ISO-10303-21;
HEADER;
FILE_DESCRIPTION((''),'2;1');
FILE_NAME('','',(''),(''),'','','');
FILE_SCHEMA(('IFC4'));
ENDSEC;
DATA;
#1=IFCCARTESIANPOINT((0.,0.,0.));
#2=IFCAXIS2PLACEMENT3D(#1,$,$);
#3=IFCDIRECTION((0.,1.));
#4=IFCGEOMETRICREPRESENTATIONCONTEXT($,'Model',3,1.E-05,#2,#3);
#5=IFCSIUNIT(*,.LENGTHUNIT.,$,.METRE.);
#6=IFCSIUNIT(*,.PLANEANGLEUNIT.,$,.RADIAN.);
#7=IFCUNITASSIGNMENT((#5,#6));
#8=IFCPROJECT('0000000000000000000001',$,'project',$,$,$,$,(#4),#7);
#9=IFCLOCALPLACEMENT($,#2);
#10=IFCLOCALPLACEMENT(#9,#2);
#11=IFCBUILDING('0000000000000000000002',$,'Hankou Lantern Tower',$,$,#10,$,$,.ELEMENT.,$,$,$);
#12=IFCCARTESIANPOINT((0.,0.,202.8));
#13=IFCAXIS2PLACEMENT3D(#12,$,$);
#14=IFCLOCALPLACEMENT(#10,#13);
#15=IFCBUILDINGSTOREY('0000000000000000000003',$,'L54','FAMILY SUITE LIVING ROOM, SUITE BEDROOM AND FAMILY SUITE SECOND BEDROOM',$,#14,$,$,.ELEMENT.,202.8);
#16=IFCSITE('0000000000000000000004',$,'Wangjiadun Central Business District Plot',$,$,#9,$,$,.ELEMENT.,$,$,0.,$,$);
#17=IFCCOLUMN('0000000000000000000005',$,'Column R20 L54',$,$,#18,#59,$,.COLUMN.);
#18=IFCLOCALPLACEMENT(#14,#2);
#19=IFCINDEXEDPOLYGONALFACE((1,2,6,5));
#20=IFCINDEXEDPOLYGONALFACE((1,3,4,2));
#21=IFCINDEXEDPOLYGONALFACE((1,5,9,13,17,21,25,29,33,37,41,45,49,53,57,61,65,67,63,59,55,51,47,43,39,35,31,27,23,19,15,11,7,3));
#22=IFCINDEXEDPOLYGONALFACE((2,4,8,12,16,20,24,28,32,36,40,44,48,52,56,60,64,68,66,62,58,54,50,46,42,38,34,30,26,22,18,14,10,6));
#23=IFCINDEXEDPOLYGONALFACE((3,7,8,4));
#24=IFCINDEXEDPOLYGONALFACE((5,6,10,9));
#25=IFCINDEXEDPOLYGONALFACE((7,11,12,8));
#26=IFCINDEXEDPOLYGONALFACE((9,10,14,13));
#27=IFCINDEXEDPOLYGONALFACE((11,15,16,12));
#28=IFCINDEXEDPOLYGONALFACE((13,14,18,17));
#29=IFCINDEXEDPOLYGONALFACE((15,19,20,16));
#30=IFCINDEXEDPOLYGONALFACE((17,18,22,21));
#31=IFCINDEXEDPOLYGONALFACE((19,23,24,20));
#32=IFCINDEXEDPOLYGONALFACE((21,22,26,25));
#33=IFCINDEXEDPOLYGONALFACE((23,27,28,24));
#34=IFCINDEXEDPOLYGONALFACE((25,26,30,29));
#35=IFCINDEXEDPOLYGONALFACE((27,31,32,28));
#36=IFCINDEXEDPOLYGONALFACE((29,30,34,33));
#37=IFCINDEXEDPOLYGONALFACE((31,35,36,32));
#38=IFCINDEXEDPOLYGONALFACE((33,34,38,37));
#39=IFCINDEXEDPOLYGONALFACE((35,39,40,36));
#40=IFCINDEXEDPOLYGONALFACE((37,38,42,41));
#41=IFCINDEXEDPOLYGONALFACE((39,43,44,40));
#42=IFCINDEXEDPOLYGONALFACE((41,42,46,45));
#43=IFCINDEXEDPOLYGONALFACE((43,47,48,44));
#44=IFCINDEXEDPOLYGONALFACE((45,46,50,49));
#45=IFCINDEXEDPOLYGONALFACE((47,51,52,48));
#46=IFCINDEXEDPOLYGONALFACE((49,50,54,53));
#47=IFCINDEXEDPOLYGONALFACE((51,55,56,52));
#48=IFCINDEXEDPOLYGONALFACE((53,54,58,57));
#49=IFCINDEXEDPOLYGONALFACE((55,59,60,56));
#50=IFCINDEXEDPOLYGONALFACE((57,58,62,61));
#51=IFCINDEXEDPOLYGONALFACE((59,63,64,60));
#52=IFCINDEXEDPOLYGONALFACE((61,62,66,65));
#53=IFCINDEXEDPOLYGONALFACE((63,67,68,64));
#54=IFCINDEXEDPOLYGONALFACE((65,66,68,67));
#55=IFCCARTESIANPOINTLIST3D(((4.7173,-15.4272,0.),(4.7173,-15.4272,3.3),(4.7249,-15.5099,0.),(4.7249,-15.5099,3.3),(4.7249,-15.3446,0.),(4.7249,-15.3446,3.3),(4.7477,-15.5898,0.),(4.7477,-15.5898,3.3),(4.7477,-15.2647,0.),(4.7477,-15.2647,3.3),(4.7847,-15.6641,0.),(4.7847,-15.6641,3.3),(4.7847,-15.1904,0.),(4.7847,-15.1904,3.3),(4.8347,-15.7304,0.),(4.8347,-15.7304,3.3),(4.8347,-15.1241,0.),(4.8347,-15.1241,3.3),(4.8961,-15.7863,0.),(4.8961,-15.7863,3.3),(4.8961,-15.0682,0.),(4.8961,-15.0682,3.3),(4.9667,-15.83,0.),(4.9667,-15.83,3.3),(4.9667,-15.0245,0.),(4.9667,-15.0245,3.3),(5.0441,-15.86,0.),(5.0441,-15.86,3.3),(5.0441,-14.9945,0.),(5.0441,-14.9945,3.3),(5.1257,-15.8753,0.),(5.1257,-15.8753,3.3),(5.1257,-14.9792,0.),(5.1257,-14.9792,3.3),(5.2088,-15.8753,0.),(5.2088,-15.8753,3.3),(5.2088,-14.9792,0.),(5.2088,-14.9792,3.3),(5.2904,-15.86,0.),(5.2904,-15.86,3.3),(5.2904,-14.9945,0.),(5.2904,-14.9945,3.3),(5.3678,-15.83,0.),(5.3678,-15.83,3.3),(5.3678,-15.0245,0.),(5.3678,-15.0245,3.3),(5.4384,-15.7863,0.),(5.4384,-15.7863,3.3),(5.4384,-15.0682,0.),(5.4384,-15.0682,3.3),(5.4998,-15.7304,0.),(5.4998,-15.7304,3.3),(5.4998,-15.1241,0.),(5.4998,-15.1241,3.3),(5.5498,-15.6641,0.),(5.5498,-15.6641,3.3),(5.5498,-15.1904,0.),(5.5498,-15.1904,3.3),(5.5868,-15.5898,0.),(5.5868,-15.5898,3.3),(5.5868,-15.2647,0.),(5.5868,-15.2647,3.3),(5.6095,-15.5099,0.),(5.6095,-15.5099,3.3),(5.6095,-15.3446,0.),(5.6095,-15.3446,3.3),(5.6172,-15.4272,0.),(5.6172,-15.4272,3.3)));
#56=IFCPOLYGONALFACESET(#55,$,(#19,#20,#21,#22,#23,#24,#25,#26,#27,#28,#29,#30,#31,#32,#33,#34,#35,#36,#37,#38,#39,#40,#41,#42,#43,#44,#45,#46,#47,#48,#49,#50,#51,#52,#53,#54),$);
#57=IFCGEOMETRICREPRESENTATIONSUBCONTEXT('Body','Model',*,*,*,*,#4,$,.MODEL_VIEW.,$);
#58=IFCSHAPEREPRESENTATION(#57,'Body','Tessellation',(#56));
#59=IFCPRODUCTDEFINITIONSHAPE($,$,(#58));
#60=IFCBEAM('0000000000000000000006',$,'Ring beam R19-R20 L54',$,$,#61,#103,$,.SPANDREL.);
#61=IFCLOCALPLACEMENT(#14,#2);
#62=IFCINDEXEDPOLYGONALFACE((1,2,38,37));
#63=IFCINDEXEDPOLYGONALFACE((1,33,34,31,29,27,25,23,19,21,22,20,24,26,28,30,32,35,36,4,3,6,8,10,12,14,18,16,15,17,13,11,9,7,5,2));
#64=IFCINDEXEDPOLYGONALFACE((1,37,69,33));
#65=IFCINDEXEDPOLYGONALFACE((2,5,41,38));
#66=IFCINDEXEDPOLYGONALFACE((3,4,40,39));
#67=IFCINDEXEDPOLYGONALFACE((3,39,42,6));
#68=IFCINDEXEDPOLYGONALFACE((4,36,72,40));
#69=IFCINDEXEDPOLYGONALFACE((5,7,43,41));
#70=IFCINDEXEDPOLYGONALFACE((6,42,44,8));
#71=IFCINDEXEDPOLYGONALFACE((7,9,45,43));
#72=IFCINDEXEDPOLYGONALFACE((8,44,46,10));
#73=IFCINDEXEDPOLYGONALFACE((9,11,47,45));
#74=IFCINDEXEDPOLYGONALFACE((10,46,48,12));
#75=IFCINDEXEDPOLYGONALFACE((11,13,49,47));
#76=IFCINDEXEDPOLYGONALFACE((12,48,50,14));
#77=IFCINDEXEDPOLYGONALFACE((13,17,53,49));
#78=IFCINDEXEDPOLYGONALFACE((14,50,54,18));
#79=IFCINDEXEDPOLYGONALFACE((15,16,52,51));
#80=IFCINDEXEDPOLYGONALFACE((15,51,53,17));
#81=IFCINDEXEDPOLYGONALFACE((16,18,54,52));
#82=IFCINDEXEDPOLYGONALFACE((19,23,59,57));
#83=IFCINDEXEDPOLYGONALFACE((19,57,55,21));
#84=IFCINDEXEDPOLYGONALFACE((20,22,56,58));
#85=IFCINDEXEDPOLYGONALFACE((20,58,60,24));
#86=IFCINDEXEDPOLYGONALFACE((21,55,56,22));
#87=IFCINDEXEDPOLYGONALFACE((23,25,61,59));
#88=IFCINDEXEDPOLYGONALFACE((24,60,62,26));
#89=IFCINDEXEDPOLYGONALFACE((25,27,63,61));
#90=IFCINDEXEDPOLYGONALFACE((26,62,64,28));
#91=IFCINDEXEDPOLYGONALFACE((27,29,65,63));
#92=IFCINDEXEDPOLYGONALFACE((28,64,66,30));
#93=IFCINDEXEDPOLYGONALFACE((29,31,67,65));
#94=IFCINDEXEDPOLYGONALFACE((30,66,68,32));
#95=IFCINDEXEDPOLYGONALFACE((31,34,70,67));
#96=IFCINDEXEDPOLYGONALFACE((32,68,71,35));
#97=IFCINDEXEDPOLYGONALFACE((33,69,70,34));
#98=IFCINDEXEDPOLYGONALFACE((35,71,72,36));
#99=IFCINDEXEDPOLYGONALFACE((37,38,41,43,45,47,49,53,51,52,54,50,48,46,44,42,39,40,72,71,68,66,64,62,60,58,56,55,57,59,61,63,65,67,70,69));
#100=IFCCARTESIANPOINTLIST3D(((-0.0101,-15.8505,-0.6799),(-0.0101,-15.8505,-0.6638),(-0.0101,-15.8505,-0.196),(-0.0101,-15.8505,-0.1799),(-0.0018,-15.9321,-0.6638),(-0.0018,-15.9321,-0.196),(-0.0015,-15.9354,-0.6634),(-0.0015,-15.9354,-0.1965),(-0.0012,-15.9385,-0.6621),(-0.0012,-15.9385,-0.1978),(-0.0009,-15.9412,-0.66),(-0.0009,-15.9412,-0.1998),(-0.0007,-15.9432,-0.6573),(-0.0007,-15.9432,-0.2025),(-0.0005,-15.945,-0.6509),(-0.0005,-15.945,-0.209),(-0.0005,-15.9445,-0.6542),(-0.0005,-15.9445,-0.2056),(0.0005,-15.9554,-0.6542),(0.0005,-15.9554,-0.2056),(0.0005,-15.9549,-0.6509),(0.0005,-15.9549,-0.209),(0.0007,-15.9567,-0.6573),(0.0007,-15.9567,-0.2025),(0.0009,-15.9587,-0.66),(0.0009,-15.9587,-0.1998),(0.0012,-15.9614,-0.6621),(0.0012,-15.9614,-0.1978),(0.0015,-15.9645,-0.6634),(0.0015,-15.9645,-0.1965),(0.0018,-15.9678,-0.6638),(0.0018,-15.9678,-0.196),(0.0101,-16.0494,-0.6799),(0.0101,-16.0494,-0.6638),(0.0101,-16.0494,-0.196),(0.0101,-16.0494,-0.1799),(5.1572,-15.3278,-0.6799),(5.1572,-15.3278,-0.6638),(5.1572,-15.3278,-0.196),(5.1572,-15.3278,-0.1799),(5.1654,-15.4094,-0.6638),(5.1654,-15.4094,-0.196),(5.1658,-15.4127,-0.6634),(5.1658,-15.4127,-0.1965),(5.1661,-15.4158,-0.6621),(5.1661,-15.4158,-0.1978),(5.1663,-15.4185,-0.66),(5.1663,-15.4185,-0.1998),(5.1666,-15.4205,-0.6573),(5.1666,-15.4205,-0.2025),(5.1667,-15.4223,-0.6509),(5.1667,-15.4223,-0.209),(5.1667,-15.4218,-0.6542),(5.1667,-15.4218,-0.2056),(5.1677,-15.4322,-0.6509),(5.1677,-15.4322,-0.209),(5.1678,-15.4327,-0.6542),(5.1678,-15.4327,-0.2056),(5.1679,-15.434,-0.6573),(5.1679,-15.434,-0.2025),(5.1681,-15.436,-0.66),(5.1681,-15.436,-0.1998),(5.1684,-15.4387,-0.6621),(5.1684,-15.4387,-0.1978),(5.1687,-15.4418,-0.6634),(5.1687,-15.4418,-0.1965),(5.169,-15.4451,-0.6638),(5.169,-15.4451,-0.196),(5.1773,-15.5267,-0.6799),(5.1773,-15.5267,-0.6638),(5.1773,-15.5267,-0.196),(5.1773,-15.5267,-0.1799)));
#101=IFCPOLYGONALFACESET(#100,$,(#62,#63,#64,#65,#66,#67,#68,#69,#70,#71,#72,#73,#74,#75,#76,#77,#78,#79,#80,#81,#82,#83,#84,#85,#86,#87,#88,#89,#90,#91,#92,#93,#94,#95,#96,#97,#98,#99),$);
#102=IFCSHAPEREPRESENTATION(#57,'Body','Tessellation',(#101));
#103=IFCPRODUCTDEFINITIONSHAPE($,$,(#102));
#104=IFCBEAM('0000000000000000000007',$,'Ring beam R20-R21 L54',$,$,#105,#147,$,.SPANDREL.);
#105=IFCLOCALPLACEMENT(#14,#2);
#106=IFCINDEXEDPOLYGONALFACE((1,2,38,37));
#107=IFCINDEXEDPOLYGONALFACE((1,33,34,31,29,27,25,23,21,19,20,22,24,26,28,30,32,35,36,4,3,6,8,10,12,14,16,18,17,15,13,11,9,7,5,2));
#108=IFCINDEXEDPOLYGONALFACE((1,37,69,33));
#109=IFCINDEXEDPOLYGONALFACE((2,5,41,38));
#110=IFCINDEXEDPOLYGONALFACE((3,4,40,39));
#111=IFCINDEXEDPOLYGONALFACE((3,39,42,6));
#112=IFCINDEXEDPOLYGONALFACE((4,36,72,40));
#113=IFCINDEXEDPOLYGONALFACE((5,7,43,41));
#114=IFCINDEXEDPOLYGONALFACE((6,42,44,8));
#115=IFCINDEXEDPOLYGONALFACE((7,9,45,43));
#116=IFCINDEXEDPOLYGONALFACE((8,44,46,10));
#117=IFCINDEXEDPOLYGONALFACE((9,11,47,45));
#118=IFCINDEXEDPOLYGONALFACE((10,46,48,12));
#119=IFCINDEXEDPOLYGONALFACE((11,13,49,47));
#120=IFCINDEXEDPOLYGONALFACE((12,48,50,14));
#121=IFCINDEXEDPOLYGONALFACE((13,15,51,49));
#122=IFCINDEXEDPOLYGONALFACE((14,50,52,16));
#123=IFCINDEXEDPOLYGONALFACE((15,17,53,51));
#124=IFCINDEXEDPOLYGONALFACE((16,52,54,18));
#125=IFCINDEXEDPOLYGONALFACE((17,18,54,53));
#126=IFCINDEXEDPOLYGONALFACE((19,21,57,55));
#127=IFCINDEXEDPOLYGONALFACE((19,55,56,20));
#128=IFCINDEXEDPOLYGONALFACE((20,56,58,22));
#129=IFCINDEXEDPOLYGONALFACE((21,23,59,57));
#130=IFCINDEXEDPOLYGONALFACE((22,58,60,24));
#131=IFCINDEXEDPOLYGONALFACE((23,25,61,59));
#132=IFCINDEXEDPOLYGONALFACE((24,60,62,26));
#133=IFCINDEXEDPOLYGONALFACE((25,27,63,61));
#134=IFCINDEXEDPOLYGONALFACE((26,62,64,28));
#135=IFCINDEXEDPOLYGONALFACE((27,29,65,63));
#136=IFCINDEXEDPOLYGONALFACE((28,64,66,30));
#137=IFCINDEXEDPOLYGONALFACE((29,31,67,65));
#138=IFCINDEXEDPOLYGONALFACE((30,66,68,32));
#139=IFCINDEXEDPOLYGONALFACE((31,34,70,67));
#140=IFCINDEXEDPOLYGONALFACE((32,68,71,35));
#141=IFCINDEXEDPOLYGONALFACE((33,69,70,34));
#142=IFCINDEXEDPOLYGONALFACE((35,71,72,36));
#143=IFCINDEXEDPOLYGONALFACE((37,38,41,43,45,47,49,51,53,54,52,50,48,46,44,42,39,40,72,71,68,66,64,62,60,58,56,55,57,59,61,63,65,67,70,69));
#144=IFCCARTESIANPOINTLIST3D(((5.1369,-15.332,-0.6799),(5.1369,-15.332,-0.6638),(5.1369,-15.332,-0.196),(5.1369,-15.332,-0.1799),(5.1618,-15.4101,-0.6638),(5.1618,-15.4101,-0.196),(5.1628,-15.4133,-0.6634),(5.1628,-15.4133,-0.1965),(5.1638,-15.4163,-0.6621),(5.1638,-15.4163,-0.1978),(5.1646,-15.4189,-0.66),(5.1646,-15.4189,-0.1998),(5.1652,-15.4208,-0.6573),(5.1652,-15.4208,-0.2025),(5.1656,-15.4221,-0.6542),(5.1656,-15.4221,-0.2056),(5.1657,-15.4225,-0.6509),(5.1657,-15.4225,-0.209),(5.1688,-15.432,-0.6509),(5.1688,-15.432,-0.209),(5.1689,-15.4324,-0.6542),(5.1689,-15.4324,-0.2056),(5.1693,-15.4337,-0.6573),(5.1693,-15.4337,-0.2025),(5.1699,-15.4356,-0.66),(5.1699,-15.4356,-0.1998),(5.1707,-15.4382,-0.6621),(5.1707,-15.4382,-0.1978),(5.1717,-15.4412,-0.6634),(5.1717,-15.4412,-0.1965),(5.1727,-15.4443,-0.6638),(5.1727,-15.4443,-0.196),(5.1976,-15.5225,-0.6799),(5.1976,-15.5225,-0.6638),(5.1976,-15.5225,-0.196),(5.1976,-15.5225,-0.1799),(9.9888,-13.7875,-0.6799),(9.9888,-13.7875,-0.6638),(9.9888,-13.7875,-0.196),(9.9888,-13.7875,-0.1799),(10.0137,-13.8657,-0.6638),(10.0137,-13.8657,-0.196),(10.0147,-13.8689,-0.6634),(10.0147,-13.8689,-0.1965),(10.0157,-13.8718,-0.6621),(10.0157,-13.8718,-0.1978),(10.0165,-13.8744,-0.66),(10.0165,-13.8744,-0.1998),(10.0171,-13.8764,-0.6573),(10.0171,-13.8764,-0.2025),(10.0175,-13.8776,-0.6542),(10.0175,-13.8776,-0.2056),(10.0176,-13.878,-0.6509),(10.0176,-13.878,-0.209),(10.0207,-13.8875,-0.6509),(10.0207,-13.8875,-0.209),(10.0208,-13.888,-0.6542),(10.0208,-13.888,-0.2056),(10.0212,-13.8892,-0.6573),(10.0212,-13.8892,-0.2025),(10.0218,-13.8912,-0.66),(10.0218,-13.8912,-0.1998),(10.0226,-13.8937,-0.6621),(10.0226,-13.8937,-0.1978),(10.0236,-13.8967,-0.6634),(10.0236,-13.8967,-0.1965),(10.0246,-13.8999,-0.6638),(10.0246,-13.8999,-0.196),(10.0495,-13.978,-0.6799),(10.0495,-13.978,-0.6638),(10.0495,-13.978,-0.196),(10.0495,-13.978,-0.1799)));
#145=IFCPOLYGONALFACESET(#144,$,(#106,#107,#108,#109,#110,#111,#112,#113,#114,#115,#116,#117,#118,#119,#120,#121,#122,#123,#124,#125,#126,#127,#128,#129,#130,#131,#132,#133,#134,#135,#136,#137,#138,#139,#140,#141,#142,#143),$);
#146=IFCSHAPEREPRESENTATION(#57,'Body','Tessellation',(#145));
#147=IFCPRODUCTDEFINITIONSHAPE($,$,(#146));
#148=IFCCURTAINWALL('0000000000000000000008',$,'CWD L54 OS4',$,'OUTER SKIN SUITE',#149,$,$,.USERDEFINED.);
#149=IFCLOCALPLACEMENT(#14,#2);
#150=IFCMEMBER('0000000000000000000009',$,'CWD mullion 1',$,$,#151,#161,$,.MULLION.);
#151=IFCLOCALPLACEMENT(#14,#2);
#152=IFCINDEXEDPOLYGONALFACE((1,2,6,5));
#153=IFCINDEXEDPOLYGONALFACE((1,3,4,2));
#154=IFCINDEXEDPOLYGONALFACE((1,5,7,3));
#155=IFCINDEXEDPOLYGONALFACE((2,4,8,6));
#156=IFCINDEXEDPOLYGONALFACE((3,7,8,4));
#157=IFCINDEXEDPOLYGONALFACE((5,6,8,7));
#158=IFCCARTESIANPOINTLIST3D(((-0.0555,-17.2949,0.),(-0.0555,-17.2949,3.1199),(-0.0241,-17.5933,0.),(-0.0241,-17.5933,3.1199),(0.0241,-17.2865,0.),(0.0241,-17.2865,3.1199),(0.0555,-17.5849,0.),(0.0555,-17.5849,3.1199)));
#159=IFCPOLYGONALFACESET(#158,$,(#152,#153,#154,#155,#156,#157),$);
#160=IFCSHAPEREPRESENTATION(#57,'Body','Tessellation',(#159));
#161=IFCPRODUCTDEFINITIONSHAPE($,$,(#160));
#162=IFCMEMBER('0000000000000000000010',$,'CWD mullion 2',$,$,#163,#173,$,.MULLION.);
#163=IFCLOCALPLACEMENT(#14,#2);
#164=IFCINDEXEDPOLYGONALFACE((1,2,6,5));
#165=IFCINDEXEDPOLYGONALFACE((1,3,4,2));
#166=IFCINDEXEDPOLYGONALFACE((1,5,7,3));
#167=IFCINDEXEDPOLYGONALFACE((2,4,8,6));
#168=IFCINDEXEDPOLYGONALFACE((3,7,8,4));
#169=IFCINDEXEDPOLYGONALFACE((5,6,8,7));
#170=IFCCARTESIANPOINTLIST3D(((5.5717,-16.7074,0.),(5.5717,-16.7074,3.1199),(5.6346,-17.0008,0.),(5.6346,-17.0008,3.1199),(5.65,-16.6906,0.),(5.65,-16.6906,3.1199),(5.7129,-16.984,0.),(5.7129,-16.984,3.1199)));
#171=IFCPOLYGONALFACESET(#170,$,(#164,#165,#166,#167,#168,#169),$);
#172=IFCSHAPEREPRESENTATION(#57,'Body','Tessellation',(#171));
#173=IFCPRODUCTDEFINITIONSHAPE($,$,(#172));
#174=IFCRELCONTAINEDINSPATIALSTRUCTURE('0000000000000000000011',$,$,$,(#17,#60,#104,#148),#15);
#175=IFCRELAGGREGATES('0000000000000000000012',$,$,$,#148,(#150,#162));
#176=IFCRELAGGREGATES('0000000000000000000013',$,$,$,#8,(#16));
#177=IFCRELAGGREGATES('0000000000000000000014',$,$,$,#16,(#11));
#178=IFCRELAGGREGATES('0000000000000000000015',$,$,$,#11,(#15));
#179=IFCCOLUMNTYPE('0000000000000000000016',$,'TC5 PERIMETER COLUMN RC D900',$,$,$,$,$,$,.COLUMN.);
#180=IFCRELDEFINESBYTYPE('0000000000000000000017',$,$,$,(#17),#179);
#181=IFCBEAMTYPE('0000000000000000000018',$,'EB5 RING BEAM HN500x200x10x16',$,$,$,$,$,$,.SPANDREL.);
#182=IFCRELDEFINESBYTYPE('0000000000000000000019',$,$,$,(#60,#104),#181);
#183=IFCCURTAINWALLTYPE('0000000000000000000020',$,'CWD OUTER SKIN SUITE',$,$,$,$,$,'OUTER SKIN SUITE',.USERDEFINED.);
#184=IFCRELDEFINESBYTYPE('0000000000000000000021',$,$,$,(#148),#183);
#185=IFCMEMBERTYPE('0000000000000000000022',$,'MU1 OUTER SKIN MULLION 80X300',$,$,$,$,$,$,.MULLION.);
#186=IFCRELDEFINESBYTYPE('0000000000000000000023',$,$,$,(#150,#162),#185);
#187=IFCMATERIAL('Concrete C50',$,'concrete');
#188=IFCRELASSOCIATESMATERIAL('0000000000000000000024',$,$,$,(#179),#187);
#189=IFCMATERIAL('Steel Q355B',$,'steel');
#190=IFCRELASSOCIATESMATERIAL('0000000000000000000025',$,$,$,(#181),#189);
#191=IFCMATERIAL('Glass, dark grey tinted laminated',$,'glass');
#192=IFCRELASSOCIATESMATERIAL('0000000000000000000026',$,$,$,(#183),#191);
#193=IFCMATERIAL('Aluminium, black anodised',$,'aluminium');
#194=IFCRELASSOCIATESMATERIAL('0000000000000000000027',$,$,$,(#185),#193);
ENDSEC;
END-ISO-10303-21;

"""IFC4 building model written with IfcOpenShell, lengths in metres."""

from ifc_helpers import new_model, si_unit, direction, frame, origin, origin_2d, place, context, subcontext, project, spatial, rectangle, circle, i_section, extrude, material, material_profile, profile_set, type_object, element, aggregate, save


model = new_model("IFC4")

# Units and contexts
model_context = context("Model", 3, precision=1e-05, world=origin(), true_north=direction((0.0, 1.0)))
body_context = subcontext(model_context, "Body", "Model", "MODEL_VIEW")
ifc_project = project(units=[si_unit("LENGTHUNIT", "METRE"), si_unit("PLANEANGLEUNIT", "RADIAN")], contexts=[model_context])

# Site, building, storey
site_placement = place(None, origin())
site = spatial("IfcSite", under=ifc_project, at=site_placement, Name="Wangjiadun Central Business District Plot", CompositionType="ELEMENT", RefElevation=0.0)
building_placement = place(site_placement, origin())
building = spatial("IfcBuilding", under=site, at=building_placement, Name="Hankou Lantern Tower", CompositionType="ELEMENT")
storey_placement = place(building_placement, frame((0.0, 0.0, 202.8)))
storey = spatial("IfcBuildingStorey", under=building, at=storey_placement, Name="L54", Description="FAMILY SUITE LIVING ROOM, SUITE BEDROOM AND FAMILY SUITE SECOND BEDROOM", CompositionType="ELEMENT", Elevation=202.8)

# Column
ifc_material_1 = material(Name="Concrete C50", Category="concrete")
ifc_material_profile_1 = material_profile(ifc_material_1, circle(Radius=0.45, at=origin_2d()), Name="RC D900")
ifc_profile_set_1 = profile_set([ifc_material_profile_1], Name="Concrete C50")
column_type = type_object("IfcColumnType", Name="TC5 PERIMETER COLUMN RC D900", PredefinedType="COLUMN", material=ifc_profile_set_1)
column_placement = place(storey_placement, frame((5.1672, -15.4272, 0.0), z_axis=(0.0, 0.0, 1.0), x_axis=(1.0, 0.0, 0.0)))
element("IfcColumn", 1, at=column_placement, inside=storey, type_object=column_type, Name="Column R20 L54", PredefinedType="COLUMN", context=body_context, shape_type="SweptSolid", body=[
    extrude(circle(Radius=0.45, at=origin_2d()), origin(), (0.0, 0.0, 1.0), 3.3),
])

# Beams
ifc_material_2 = material(Name="Steel Q355B", Category="steel")
ifc_material_profile_2 = material_profile(ifc_material_2, i_section(OverallWidth=0.2, OverallDepth=0.5, WebThickness=0.01, FlangeThickness=0.0161, FilletRadius=0.0129, at=origin_2d()), Name="HN500x200x10x16")
ifc_profile_set_2 = profile_set([ifc_material_profile_2], Name="Steel Q355B")
beam_type_1 = type_object("IfcBeamType", Name="EB5 RING BEAM HN500x200x10x16", PredefinedType="SPANDREL", material=ifc_profile_set_2)
beam_1_placement = place(storey_placement, frame((0.0, -15.95, -0.4299), z_axis=(0.994923, 0.100644, 0.0), x_axis=(-0.100644, 0.994923, 0.0)))
element("IfcBeam", 2, at=beam_1_placement, inside=storey, type_object=beam_type_1, Name="Ring beam R19-R20 L54", PredefinedType="SPANDREL", context=body_context, shape_type="SweptSolid", body=[
    extrude(i_section(OverallWidth=0.2, OverallDepth=0.5, WebThickness=0.01, FlangeThickness=0.0161, FilletRadius=0.0129, at=origin_2d()), origin(), (0.0, 0.0, 1.0), 5.1936),
])
beam_2_placement = place(storey_placement, frame((5.1672, -15.4272, -0.4299), z_axis=(0.952887, 0.303324, 0.0), x_axis=(-0.303324, 0.952887, 0.0)))
element("IfcBeam", 3, at=beam_2_placement, inside=storey, type_object=beam_type_1, Name="Ring beam R20-R21 L54", PredefinedType="SPANDREL", context=body_context, shape_type="SweptSolid", body=[
    extrude(i_section(OverallWidth=0.2, OverallDepth=0.5, WebThickness=0.01, FlangeThickness=0.0161, FilletRadius=0.0129, at=origin_2d()), origin(), (0.0, 0.0, 1.0), 5.0918),
])

# Curtain wall, members
ifc_material_3 = material(Name="Glass, dark grey tinted laminated", Category="glass")
curtain_wall_type = type_object("IfcCurtainWallType", Name="CWD OUTER SKIN SUITE", ElementType="OUTER SKIN SUITE", PredefinedType="USERDEFINED", material=ifc_material_3)
curtain_wall_placement = place(storey_placement, origin())
curtain_wall = element("IfcCurtainWall", 4, at=curtain_wall_placement, inside=storey, type_object=curtain_wall_type, Name="CWD L54 OS4", ObjectType="OUTER SKIN SUITE", PredefinedType="USERDEFINED")
ifc_material_4 = material(Name="Aluminium, black anodised", Category="aluminium")
ifc_material_profile_3 = material_profile(ifc_material_4, rectangle(XDim=0.0801, YDim=0.3, at=origin_2d()), Name="MU1 80X300")
ifc_profile_set_3 = profile_set([ifc_material_profile_3], Name="Aluminium, black anodised")
member_type_1 = type_object("IfcMemberType", Name="MU1 OUTER SKIN MULLION 80X300", PredefinedType="MULLION", material=ifc_profile_set_3)
member_1_placement = place(storey_placement, frame((0.0, -17.4399, 0.0), z_axis=(0.0, 0.0, 1.0), x_axis=(0.994499, 0.104743, 0.0)))
member_1 = element("IfcMember", 5, at=member_1_placement, type_object=member_type_1, Name="CWD mullion 1", PredefinedType="MULLION", context=body_context, shape_type="SweptSolid", body=[
    extrude(rectangle(XDim=0.0801, YDim=0.3, at=origin_2d()), origin(), (0.0, 0.0, 1.0), 3.1199),
])
member_2_placement = place(storey_placement, frame((5.6423, -16.8457, 0.0), z_axis=(0.0, 0.0, 1.0), x_axis=(0.977788, 0.209598, 0.0)))
member_2 = element("IfcMember", 6, at=member_2_placement, type_object=member_type_1, Name="CWD mullion 2", PredefinedType="MULLION", context=body_context, shape_type="SweptSolid", body=[
    extrude(rectangle(XDim=0.0801, YDim=0.3, at=origin_2d()), origin(), (0.0, 0.0, 1.0), 3.1199),
])

aggregate(curtain_wall, [member_1, member_2])

save(model, "model.ifc")
